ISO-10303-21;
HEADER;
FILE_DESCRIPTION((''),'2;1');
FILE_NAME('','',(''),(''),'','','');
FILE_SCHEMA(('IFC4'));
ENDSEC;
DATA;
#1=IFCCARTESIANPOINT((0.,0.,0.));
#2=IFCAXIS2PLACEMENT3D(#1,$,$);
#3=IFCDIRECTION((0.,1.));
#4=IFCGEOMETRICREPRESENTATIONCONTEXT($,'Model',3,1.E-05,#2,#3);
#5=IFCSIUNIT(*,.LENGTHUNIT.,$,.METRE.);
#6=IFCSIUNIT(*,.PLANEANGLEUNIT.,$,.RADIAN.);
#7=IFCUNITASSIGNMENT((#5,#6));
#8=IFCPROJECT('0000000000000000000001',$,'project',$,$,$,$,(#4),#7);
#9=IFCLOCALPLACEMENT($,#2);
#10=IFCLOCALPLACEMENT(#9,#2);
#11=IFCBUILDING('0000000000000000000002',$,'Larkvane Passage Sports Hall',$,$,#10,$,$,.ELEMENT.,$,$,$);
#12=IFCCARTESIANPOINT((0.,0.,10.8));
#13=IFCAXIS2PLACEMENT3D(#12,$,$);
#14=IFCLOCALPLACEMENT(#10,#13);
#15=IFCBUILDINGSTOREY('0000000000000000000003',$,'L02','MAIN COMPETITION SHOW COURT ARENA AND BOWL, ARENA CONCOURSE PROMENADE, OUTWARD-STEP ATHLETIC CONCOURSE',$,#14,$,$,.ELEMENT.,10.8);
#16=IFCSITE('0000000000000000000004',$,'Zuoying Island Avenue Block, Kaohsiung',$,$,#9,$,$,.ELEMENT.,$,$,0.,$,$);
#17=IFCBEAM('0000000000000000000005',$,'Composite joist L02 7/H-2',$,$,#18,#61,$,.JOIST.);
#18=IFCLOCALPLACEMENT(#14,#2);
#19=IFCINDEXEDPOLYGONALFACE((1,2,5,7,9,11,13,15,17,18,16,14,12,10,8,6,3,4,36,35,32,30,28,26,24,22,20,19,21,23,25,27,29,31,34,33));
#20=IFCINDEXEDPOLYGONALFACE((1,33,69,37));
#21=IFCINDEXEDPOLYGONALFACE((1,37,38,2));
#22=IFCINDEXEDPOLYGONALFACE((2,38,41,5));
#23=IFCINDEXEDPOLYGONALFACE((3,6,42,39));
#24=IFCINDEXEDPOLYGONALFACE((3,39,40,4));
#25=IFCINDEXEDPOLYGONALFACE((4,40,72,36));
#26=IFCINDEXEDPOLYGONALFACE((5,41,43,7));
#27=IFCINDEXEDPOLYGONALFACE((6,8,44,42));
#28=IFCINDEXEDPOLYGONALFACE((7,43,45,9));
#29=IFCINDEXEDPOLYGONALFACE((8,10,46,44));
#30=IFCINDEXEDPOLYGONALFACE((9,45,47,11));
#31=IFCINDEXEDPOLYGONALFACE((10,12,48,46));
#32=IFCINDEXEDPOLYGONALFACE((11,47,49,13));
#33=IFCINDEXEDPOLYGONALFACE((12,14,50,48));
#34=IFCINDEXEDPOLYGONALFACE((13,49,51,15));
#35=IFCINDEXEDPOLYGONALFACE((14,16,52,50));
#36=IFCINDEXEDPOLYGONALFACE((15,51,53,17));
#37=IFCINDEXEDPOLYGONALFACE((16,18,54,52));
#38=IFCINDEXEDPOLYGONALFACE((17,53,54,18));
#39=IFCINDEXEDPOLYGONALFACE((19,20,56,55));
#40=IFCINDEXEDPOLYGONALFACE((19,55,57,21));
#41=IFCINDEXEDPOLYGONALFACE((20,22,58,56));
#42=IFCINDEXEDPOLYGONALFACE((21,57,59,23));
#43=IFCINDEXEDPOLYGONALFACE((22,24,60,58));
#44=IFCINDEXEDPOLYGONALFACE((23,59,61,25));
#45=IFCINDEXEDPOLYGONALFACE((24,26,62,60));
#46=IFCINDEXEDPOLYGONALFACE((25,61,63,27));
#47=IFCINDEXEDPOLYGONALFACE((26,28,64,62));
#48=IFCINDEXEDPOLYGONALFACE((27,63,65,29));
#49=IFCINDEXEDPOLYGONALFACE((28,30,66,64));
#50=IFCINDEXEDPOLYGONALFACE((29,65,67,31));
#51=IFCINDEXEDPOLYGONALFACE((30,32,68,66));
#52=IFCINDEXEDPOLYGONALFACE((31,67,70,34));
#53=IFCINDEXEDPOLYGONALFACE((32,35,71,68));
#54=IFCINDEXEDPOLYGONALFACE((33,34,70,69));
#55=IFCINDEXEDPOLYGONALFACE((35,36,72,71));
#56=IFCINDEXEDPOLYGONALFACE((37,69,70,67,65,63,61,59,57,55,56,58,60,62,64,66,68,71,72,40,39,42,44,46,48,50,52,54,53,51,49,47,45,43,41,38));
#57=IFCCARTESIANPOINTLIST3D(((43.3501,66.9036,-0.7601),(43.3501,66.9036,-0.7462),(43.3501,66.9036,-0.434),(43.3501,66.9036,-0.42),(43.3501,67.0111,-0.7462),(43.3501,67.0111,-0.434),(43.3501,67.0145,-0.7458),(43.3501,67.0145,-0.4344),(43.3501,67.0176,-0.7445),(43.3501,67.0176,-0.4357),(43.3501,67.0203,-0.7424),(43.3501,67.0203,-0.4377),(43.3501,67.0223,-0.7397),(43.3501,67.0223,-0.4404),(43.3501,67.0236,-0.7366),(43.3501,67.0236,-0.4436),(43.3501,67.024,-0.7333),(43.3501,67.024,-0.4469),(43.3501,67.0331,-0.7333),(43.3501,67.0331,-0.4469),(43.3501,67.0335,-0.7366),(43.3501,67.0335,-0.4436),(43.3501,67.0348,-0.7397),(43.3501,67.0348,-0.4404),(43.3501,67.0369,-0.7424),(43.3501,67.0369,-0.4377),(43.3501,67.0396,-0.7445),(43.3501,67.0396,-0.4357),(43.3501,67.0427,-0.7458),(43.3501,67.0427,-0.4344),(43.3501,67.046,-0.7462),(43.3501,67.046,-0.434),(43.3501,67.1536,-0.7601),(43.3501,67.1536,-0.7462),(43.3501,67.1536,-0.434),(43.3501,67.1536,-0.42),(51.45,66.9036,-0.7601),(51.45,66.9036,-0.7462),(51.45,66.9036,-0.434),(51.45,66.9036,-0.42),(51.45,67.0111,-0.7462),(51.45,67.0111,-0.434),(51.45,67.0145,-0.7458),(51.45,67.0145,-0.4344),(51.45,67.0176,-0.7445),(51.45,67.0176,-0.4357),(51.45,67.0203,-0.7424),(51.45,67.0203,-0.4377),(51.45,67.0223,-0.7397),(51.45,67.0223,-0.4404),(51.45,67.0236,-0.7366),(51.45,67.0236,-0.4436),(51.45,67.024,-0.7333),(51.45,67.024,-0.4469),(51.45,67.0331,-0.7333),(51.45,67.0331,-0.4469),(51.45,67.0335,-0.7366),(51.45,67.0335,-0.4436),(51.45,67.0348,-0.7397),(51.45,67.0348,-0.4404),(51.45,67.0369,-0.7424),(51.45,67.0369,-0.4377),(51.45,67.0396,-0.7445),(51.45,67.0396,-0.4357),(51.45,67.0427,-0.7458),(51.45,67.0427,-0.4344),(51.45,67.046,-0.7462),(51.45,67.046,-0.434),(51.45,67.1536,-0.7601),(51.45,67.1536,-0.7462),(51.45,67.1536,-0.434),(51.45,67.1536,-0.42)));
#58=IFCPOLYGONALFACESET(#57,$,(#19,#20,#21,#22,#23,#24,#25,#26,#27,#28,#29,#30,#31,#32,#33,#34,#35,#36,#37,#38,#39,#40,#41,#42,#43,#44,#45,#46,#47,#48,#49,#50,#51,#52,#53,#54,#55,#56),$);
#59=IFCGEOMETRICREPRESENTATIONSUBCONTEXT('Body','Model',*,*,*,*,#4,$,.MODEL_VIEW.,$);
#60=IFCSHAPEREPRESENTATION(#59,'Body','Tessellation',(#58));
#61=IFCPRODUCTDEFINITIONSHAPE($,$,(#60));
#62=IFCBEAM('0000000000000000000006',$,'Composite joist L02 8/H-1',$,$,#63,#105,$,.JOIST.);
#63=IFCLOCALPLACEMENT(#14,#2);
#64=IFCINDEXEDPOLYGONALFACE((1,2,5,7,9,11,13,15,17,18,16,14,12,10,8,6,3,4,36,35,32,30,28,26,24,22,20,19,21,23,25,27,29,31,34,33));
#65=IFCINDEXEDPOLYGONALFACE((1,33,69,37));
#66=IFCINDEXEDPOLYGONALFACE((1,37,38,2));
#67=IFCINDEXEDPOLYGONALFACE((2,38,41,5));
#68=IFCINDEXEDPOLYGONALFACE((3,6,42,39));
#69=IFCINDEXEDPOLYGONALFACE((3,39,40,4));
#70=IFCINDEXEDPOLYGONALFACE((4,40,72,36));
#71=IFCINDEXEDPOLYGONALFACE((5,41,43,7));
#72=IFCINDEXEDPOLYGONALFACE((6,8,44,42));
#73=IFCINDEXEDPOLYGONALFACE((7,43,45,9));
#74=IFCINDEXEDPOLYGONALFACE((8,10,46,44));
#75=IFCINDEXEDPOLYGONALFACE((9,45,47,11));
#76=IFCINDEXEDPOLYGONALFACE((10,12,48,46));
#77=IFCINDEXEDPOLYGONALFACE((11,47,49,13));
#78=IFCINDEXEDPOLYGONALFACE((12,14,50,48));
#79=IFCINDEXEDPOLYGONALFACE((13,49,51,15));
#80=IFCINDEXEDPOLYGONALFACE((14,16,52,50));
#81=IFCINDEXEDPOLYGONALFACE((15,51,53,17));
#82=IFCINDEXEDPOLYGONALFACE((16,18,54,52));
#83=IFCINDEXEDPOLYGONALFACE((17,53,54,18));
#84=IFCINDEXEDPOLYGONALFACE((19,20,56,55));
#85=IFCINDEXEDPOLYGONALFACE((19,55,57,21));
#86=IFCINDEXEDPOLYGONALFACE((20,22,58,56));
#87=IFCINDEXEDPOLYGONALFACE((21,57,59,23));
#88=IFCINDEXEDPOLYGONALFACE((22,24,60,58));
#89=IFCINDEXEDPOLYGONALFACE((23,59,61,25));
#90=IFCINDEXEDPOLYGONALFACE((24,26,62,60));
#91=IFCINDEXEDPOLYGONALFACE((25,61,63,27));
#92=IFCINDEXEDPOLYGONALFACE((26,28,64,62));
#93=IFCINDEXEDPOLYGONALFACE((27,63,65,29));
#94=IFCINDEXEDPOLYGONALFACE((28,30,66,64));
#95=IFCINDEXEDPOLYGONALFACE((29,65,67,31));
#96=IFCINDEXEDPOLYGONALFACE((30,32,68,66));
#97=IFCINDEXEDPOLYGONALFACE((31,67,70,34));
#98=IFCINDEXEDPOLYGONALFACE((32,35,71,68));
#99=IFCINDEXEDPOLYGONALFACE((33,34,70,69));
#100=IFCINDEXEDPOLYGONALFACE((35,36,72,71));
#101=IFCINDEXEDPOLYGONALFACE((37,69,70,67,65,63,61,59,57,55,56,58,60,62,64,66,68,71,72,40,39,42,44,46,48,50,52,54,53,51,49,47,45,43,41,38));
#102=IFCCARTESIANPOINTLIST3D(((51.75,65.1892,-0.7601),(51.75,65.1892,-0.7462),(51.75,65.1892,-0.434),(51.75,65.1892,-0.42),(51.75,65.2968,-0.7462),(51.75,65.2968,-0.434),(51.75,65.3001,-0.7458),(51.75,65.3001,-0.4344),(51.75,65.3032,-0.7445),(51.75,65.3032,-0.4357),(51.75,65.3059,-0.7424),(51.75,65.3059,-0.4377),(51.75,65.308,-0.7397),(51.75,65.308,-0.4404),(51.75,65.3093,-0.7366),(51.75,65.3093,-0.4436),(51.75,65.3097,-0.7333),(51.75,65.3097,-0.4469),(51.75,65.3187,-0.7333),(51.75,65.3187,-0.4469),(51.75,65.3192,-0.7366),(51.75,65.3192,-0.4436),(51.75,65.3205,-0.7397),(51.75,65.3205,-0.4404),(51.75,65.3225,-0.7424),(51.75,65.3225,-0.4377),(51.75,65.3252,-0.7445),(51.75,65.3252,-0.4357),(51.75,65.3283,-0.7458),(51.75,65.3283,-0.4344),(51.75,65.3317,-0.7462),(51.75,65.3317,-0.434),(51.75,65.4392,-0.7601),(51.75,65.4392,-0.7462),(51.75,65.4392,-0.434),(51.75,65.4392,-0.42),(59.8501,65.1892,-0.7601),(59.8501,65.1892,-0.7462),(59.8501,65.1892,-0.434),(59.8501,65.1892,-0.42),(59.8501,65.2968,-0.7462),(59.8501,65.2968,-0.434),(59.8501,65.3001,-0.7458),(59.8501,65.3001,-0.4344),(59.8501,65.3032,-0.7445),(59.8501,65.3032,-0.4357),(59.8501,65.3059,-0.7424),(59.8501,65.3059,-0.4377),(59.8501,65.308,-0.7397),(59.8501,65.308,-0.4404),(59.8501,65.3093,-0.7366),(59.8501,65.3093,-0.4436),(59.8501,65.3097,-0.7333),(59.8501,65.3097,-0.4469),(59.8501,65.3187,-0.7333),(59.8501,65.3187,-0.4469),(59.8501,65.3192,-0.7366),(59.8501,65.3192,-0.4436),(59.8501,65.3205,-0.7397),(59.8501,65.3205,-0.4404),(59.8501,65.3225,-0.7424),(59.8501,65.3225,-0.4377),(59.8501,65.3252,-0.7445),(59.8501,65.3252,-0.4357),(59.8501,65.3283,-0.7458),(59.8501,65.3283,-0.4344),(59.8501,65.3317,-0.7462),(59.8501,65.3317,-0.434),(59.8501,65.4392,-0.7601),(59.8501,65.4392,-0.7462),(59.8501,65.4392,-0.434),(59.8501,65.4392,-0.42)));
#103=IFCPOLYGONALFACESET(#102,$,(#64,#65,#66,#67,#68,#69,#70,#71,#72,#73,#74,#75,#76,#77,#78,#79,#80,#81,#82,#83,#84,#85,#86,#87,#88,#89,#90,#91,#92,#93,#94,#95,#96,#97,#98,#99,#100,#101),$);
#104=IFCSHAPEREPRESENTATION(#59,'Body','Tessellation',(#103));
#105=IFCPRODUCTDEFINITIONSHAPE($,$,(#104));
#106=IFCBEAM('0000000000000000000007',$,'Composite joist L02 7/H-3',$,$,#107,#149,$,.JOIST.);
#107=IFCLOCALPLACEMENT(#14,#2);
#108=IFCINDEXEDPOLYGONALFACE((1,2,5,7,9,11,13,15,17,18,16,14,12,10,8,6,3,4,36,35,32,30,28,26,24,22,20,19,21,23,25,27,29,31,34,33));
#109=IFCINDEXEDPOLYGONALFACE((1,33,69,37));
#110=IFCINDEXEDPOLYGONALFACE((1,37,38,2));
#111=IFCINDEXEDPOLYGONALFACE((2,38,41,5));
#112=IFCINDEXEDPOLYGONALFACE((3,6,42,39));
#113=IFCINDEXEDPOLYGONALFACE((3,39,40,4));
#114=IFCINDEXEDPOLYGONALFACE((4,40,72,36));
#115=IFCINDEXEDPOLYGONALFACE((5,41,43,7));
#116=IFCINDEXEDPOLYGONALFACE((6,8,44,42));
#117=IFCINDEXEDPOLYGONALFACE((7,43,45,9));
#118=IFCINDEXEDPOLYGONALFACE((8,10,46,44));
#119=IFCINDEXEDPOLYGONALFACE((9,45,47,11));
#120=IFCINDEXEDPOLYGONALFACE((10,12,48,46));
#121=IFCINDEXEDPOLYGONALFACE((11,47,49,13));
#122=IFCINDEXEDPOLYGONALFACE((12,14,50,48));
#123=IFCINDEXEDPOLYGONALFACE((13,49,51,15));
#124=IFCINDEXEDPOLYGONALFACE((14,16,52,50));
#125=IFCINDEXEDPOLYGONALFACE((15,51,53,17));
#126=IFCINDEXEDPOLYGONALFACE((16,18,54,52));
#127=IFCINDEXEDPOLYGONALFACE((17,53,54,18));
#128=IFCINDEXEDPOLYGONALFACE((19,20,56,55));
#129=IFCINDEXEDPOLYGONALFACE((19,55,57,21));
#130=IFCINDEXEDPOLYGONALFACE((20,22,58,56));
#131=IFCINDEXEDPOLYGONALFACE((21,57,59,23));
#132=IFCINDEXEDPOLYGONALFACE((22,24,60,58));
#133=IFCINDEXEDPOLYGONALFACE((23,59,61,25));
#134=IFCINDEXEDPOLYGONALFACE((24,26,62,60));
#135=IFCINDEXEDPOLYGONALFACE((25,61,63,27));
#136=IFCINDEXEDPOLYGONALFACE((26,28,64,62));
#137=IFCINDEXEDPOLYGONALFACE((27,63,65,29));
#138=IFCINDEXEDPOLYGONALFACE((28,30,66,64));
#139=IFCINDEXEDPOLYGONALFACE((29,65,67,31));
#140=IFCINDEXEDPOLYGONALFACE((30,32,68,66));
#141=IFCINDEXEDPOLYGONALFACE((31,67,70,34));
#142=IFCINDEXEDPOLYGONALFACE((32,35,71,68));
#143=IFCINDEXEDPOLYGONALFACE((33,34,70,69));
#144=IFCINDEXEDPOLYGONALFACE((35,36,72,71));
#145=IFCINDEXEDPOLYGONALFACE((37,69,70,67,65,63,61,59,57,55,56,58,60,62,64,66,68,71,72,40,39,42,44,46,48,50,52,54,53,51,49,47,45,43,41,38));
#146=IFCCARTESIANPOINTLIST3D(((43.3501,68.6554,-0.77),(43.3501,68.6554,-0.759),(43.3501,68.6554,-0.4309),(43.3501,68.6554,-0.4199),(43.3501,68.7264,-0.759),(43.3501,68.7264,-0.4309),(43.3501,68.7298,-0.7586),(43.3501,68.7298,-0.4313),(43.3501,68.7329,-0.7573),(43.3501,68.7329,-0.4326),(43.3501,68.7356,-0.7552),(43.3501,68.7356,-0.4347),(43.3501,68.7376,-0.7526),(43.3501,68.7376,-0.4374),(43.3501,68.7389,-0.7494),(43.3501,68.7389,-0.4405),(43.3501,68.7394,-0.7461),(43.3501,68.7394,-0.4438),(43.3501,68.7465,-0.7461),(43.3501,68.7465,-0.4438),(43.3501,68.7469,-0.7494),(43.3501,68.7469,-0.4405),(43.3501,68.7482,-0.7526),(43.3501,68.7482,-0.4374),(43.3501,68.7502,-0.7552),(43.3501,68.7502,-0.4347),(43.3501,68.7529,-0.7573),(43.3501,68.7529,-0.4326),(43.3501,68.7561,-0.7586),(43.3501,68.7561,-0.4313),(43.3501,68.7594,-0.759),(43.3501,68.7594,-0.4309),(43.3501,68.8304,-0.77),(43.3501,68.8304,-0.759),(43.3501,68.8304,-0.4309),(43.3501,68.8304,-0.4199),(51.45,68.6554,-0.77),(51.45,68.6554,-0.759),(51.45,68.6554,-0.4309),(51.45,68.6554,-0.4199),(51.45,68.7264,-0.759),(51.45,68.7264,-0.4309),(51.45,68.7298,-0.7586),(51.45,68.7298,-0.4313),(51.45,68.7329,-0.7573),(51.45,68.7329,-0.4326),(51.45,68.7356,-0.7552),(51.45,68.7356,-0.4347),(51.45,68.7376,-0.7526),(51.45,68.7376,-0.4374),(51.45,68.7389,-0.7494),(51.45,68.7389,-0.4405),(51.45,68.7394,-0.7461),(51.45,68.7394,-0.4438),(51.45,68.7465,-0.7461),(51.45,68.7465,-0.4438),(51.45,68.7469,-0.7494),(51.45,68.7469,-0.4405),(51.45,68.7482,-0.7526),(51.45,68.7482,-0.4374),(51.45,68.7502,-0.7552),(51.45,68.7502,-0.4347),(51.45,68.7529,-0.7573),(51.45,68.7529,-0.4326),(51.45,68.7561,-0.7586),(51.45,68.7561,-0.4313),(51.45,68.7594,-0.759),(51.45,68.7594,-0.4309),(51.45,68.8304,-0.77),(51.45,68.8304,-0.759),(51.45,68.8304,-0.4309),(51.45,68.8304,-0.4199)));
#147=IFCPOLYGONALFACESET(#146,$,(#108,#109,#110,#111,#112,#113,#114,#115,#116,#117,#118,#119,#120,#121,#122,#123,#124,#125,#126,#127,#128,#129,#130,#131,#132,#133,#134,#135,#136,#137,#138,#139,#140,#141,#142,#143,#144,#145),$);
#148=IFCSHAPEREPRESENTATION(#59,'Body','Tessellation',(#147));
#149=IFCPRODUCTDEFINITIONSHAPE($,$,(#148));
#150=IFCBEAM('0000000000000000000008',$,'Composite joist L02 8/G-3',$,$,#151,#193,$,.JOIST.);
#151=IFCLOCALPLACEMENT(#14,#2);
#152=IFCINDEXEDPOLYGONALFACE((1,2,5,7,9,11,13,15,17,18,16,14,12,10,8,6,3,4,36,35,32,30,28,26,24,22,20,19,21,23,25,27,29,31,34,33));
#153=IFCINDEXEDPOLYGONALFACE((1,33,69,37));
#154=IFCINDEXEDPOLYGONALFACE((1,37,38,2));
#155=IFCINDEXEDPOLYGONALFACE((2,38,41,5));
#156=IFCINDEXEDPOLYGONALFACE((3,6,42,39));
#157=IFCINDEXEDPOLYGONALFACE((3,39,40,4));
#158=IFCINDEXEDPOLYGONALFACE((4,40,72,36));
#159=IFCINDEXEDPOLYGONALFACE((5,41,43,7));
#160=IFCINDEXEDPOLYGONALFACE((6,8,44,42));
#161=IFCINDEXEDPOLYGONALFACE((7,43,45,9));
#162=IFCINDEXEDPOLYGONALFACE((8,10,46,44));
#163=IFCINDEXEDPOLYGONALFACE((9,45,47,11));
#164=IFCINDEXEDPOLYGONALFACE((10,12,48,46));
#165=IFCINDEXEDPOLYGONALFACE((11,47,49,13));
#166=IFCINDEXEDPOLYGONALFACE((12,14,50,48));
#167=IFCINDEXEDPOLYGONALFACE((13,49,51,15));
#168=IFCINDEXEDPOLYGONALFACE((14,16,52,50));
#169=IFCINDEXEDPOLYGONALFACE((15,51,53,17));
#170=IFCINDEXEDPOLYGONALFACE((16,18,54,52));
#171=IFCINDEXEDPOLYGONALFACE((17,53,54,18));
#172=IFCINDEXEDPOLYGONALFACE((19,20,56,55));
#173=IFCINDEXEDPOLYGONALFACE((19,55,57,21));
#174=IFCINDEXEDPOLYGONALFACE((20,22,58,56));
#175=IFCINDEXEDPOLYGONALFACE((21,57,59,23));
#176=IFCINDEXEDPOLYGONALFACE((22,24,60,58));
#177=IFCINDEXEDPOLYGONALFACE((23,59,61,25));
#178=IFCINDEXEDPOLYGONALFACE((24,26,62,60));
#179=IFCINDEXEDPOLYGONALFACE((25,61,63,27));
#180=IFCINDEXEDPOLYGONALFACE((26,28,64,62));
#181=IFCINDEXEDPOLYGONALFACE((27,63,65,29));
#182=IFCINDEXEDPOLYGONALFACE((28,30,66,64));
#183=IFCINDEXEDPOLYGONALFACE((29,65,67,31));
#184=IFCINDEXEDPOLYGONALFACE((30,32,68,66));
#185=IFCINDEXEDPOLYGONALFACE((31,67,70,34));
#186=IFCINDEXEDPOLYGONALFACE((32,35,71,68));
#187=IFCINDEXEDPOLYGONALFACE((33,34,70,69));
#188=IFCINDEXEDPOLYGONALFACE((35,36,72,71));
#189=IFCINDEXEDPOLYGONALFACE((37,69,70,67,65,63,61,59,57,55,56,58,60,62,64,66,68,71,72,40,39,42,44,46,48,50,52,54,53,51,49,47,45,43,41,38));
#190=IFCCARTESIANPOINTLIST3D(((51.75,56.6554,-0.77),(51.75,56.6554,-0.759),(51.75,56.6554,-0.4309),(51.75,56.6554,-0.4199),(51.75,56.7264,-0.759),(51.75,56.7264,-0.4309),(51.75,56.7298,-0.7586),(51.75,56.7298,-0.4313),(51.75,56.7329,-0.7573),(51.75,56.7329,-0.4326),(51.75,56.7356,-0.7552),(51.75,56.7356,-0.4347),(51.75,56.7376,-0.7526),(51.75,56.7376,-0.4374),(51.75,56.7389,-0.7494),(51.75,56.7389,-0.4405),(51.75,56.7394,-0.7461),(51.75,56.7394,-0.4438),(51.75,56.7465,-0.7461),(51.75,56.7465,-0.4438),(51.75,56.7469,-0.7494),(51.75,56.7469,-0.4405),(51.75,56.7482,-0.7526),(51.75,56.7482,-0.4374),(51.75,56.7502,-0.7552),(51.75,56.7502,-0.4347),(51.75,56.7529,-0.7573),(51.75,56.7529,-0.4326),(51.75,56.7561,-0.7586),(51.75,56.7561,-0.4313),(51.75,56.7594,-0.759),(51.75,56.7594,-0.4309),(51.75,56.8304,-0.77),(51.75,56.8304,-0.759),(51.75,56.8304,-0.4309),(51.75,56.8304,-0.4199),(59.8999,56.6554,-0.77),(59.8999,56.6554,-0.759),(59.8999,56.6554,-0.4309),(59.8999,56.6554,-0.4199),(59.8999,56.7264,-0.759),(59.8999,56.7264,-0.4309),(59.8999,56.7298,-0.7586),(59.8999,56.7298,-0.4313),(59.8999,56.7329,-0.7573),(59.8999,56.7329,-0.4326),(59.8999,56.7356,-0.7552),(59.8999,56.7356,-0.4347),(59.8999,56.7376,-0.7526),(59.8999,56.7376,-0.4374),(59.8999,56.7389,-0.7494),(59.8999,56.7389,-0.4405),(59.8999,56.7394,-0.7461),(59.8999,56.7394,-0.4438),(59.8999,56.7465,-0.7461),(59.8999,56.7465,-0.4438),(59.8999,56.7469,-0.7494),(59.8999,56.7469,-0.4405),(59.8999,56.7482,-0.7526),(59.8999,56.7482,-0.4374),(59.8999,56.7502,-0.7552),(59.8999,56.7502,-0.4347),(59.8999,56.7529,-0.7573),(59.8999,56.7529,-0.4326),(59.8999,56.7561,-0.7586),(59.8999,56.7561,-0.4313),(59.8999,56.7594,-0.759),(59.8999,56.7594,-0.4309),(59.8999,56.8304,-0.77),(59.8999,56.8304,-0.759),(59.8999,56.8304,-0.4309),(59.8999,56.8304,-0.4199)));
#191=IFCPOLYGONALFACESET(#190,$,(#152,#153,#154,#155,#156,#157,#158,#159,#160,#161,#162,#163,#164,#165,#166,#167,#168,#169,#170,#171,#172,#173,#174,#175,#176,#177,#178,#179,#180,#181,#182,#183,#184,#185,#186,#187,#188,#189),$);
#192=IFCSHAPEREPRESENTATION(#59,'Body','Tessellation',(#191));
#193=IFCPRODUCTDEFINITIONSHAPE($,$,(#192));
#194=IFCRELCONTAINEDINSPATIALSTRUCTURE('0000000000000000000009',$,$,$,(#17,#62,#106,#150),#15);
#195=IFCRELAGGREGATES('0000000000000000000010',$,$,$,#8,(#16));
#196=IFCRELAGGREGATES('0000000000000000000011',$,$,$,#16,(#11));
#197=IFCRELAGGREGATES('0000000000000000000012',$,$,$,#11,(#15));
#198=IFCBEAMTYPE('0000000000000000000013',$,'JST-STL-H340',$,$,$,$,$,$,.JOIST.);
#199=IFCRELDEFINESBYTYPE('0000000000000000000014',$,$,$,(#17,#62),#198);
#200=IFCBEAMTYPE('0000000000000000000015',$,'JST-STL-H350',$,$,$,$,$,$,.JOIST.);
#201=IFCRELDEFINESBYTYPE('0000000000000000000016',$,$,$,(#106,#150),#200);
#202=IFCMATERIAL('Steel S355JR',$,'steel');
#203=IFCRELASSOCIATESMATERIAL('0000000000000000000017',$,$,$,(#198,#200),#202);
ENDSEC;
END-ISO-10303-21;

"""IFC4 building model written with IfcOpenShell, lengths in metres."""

from ifc_helpers import new_model, si_unit, direction, frame, origin, origin_2d, place, context, subcontext, project, spatial, i_section, extrude, material, material_profile, profile_set, type_object, element, save


model = new_model("IFC4")

# Units and contexts
model_context = context("Model", 3, precision=1e-05, world=origin(), true_north=direction((0.0, 1.0)))
body_context = subcontext(model_context, "Body", "Model", "MODEL_VIEW")
ifc_project = project(units=[si_unit("LENGTHUNIT", "METRE"), si_unit("PLANEANGLEUNIT", "RADIAN")], contexts=[model_context])

# Site, building, storey
site_placement = place(None, origin())
site = spatial("IfcSite", under=ifc_project, at=site_placement, Name="Zuoying Island Avenue Block, Kaohsiung", CompositionType="ELEMENT", RefElevation=0.0)
building_placement = place(site_placement, origin())
building = spatial("IfcBuilding", under=site, at=building_placement, Name="Larkvane Passage Sports Hall", CompositionType="ELEMENT")
storey_placement = place(building_placement, frame((0.0, 0.0, 10.8)))
storey = spatial("IfcBuildingStorey", under=building, at=storey_placement, Name="L02", Description="MAIN COMPETITION SHOW COURT ARENA AND BOWL, ARENA CONCOURSE PROMENADE, OUTWARD-STEP ATHLETIC CONCOURSE", CompositionType="ELEMENT", Elevation=10.8)

# Beams
ifc_material_1 = material(Name="Steel S355JR", Category="steel")
ifc_material_profile_1 = material_profile(ifc_material_1, i_section(OverallWidth=0.25, OverallDepth=0.3401, WebThickness=0.009, FlangeThickness=0.0139, FilletRadius=0.0129, at=origin_2d()), Name="H-340x250x9x14")
ifc_profile_set_1 = profile_set([ifc_material_profile_1], Name="Steel S355JR")
beam_type_1 = type_object("IfcBeamType", Name="JST-STL-H340", PredefinedType="JOIST", material=ifc_profile_set_1)
beam_1_placement = place(storey_placement, frame((43.3501, 67.0286, -0.5901), z_axis=(1.0, 0.0, 0.0), x_axis=(0.0, 1.0, 0.0)))
element("IfcBeam", 1, at=beam_1_placement, inside=storey, type_object=beam_type_1, Name="Composite joist L02 7/H-2", PredefinedType="JOIST", context=body_context, shape_type="SweptSolid", body=[
    extrude(i_section(OverallWidth=0.25, OverallDepth=0.3401, WebThickness=0.009, FlangeThickness=0.0139, FilletRadius=0.0129, at=origin_2d()), origin(), (0.0, 0.0, 1.0), 8.0999),
])
beam_2_placement = place(storey_placement, frame((51.75, 65.3142, -0.5901), z_axis=(1.0, 0.0, 0.0), x_axis=(0.0, 1.0, 0.0)))
element("IfcBeam", 2, at=beam_2_placement, inside=storey, type_object=beam_type_1, Name="Composite joist L02 8/H-1", PredefinedType="JOIST", context=body_context, shape_type="SweptSolid", body=[
    extrude(i_section(OverallWidth=0.25, OverallDepth=0.3401, WebThickness=0.009, FlangeThickness=0.0139, FilletRadius=0.0129, at=origin_2d()), origin(), (0.0, 0.0, 1.0), 8.1001),
])
ifc_material_profile_2 = material_profile(ifc_material_1, i_section(OverallWidth=0.175, OverallDepth=0.3501, WebThickness=0.0071, FlangeThickness=0.011, FilletRadius=0.0129, at=origin_2d()), Name="H-350x175x7x11")
ifc_profile_set_2 = profile_set([ifc_material_profile_2], Name="Steel S355JR")
beam_type_2 = type_object("IfcBeamType", Name="JST-STL-H350", PredefinedType="JOIST", material=ifc_profile_set_2)
beam_3_placement = place(storey_placement, frame((43.3501, 68.7429, -0.595), z_axis=(1.0, 0.0, 0.0), x_axis=(0.0, 1.0, 0.0)))
element("IfcBeam", 3, at=beam_3_placement, inside=storey, type_object=beam_type_2, Name="Composite joist L02 7/H-3", PredefinedType="JOIST", context=body_context, shape_type="SweptSolid", body=[
    extrude(i_section(OverallWidth=0.175, OverallDepth=0.3501, WebThickness=0.0071, FlangeThickness=0.011, FilletRadius=0.0129, at=origin_2d()), origin(), (0.0, 0.0, 1.0), 8.0999),
])
beam_4_placement = place(storey_placement, frame((51.75, 56.7429, -0.595), z_axis=(1.0, 0.0, 0.0), x_axis=(0.0, 1.0, 0.0)))
element("IfcBeam", 4, at=beam_4_placement, inside=storey, type_object=beam_type_2, Name="Composite joist L02 8/G-3", PredefinedType="JOIST", context=body_context, shape_type="SweptSolid", body=[
    extrude(i_section(OverallWidth=0.175, OverallDepth=0.3501, WebThickness=0.0071, FlangeThickness=0.011, FilletRadius=0.0129, at=origin_2d()), origin(), (0.0, 0.0, 1.0), 8.1499),
])

save(model, "model.ifc")
